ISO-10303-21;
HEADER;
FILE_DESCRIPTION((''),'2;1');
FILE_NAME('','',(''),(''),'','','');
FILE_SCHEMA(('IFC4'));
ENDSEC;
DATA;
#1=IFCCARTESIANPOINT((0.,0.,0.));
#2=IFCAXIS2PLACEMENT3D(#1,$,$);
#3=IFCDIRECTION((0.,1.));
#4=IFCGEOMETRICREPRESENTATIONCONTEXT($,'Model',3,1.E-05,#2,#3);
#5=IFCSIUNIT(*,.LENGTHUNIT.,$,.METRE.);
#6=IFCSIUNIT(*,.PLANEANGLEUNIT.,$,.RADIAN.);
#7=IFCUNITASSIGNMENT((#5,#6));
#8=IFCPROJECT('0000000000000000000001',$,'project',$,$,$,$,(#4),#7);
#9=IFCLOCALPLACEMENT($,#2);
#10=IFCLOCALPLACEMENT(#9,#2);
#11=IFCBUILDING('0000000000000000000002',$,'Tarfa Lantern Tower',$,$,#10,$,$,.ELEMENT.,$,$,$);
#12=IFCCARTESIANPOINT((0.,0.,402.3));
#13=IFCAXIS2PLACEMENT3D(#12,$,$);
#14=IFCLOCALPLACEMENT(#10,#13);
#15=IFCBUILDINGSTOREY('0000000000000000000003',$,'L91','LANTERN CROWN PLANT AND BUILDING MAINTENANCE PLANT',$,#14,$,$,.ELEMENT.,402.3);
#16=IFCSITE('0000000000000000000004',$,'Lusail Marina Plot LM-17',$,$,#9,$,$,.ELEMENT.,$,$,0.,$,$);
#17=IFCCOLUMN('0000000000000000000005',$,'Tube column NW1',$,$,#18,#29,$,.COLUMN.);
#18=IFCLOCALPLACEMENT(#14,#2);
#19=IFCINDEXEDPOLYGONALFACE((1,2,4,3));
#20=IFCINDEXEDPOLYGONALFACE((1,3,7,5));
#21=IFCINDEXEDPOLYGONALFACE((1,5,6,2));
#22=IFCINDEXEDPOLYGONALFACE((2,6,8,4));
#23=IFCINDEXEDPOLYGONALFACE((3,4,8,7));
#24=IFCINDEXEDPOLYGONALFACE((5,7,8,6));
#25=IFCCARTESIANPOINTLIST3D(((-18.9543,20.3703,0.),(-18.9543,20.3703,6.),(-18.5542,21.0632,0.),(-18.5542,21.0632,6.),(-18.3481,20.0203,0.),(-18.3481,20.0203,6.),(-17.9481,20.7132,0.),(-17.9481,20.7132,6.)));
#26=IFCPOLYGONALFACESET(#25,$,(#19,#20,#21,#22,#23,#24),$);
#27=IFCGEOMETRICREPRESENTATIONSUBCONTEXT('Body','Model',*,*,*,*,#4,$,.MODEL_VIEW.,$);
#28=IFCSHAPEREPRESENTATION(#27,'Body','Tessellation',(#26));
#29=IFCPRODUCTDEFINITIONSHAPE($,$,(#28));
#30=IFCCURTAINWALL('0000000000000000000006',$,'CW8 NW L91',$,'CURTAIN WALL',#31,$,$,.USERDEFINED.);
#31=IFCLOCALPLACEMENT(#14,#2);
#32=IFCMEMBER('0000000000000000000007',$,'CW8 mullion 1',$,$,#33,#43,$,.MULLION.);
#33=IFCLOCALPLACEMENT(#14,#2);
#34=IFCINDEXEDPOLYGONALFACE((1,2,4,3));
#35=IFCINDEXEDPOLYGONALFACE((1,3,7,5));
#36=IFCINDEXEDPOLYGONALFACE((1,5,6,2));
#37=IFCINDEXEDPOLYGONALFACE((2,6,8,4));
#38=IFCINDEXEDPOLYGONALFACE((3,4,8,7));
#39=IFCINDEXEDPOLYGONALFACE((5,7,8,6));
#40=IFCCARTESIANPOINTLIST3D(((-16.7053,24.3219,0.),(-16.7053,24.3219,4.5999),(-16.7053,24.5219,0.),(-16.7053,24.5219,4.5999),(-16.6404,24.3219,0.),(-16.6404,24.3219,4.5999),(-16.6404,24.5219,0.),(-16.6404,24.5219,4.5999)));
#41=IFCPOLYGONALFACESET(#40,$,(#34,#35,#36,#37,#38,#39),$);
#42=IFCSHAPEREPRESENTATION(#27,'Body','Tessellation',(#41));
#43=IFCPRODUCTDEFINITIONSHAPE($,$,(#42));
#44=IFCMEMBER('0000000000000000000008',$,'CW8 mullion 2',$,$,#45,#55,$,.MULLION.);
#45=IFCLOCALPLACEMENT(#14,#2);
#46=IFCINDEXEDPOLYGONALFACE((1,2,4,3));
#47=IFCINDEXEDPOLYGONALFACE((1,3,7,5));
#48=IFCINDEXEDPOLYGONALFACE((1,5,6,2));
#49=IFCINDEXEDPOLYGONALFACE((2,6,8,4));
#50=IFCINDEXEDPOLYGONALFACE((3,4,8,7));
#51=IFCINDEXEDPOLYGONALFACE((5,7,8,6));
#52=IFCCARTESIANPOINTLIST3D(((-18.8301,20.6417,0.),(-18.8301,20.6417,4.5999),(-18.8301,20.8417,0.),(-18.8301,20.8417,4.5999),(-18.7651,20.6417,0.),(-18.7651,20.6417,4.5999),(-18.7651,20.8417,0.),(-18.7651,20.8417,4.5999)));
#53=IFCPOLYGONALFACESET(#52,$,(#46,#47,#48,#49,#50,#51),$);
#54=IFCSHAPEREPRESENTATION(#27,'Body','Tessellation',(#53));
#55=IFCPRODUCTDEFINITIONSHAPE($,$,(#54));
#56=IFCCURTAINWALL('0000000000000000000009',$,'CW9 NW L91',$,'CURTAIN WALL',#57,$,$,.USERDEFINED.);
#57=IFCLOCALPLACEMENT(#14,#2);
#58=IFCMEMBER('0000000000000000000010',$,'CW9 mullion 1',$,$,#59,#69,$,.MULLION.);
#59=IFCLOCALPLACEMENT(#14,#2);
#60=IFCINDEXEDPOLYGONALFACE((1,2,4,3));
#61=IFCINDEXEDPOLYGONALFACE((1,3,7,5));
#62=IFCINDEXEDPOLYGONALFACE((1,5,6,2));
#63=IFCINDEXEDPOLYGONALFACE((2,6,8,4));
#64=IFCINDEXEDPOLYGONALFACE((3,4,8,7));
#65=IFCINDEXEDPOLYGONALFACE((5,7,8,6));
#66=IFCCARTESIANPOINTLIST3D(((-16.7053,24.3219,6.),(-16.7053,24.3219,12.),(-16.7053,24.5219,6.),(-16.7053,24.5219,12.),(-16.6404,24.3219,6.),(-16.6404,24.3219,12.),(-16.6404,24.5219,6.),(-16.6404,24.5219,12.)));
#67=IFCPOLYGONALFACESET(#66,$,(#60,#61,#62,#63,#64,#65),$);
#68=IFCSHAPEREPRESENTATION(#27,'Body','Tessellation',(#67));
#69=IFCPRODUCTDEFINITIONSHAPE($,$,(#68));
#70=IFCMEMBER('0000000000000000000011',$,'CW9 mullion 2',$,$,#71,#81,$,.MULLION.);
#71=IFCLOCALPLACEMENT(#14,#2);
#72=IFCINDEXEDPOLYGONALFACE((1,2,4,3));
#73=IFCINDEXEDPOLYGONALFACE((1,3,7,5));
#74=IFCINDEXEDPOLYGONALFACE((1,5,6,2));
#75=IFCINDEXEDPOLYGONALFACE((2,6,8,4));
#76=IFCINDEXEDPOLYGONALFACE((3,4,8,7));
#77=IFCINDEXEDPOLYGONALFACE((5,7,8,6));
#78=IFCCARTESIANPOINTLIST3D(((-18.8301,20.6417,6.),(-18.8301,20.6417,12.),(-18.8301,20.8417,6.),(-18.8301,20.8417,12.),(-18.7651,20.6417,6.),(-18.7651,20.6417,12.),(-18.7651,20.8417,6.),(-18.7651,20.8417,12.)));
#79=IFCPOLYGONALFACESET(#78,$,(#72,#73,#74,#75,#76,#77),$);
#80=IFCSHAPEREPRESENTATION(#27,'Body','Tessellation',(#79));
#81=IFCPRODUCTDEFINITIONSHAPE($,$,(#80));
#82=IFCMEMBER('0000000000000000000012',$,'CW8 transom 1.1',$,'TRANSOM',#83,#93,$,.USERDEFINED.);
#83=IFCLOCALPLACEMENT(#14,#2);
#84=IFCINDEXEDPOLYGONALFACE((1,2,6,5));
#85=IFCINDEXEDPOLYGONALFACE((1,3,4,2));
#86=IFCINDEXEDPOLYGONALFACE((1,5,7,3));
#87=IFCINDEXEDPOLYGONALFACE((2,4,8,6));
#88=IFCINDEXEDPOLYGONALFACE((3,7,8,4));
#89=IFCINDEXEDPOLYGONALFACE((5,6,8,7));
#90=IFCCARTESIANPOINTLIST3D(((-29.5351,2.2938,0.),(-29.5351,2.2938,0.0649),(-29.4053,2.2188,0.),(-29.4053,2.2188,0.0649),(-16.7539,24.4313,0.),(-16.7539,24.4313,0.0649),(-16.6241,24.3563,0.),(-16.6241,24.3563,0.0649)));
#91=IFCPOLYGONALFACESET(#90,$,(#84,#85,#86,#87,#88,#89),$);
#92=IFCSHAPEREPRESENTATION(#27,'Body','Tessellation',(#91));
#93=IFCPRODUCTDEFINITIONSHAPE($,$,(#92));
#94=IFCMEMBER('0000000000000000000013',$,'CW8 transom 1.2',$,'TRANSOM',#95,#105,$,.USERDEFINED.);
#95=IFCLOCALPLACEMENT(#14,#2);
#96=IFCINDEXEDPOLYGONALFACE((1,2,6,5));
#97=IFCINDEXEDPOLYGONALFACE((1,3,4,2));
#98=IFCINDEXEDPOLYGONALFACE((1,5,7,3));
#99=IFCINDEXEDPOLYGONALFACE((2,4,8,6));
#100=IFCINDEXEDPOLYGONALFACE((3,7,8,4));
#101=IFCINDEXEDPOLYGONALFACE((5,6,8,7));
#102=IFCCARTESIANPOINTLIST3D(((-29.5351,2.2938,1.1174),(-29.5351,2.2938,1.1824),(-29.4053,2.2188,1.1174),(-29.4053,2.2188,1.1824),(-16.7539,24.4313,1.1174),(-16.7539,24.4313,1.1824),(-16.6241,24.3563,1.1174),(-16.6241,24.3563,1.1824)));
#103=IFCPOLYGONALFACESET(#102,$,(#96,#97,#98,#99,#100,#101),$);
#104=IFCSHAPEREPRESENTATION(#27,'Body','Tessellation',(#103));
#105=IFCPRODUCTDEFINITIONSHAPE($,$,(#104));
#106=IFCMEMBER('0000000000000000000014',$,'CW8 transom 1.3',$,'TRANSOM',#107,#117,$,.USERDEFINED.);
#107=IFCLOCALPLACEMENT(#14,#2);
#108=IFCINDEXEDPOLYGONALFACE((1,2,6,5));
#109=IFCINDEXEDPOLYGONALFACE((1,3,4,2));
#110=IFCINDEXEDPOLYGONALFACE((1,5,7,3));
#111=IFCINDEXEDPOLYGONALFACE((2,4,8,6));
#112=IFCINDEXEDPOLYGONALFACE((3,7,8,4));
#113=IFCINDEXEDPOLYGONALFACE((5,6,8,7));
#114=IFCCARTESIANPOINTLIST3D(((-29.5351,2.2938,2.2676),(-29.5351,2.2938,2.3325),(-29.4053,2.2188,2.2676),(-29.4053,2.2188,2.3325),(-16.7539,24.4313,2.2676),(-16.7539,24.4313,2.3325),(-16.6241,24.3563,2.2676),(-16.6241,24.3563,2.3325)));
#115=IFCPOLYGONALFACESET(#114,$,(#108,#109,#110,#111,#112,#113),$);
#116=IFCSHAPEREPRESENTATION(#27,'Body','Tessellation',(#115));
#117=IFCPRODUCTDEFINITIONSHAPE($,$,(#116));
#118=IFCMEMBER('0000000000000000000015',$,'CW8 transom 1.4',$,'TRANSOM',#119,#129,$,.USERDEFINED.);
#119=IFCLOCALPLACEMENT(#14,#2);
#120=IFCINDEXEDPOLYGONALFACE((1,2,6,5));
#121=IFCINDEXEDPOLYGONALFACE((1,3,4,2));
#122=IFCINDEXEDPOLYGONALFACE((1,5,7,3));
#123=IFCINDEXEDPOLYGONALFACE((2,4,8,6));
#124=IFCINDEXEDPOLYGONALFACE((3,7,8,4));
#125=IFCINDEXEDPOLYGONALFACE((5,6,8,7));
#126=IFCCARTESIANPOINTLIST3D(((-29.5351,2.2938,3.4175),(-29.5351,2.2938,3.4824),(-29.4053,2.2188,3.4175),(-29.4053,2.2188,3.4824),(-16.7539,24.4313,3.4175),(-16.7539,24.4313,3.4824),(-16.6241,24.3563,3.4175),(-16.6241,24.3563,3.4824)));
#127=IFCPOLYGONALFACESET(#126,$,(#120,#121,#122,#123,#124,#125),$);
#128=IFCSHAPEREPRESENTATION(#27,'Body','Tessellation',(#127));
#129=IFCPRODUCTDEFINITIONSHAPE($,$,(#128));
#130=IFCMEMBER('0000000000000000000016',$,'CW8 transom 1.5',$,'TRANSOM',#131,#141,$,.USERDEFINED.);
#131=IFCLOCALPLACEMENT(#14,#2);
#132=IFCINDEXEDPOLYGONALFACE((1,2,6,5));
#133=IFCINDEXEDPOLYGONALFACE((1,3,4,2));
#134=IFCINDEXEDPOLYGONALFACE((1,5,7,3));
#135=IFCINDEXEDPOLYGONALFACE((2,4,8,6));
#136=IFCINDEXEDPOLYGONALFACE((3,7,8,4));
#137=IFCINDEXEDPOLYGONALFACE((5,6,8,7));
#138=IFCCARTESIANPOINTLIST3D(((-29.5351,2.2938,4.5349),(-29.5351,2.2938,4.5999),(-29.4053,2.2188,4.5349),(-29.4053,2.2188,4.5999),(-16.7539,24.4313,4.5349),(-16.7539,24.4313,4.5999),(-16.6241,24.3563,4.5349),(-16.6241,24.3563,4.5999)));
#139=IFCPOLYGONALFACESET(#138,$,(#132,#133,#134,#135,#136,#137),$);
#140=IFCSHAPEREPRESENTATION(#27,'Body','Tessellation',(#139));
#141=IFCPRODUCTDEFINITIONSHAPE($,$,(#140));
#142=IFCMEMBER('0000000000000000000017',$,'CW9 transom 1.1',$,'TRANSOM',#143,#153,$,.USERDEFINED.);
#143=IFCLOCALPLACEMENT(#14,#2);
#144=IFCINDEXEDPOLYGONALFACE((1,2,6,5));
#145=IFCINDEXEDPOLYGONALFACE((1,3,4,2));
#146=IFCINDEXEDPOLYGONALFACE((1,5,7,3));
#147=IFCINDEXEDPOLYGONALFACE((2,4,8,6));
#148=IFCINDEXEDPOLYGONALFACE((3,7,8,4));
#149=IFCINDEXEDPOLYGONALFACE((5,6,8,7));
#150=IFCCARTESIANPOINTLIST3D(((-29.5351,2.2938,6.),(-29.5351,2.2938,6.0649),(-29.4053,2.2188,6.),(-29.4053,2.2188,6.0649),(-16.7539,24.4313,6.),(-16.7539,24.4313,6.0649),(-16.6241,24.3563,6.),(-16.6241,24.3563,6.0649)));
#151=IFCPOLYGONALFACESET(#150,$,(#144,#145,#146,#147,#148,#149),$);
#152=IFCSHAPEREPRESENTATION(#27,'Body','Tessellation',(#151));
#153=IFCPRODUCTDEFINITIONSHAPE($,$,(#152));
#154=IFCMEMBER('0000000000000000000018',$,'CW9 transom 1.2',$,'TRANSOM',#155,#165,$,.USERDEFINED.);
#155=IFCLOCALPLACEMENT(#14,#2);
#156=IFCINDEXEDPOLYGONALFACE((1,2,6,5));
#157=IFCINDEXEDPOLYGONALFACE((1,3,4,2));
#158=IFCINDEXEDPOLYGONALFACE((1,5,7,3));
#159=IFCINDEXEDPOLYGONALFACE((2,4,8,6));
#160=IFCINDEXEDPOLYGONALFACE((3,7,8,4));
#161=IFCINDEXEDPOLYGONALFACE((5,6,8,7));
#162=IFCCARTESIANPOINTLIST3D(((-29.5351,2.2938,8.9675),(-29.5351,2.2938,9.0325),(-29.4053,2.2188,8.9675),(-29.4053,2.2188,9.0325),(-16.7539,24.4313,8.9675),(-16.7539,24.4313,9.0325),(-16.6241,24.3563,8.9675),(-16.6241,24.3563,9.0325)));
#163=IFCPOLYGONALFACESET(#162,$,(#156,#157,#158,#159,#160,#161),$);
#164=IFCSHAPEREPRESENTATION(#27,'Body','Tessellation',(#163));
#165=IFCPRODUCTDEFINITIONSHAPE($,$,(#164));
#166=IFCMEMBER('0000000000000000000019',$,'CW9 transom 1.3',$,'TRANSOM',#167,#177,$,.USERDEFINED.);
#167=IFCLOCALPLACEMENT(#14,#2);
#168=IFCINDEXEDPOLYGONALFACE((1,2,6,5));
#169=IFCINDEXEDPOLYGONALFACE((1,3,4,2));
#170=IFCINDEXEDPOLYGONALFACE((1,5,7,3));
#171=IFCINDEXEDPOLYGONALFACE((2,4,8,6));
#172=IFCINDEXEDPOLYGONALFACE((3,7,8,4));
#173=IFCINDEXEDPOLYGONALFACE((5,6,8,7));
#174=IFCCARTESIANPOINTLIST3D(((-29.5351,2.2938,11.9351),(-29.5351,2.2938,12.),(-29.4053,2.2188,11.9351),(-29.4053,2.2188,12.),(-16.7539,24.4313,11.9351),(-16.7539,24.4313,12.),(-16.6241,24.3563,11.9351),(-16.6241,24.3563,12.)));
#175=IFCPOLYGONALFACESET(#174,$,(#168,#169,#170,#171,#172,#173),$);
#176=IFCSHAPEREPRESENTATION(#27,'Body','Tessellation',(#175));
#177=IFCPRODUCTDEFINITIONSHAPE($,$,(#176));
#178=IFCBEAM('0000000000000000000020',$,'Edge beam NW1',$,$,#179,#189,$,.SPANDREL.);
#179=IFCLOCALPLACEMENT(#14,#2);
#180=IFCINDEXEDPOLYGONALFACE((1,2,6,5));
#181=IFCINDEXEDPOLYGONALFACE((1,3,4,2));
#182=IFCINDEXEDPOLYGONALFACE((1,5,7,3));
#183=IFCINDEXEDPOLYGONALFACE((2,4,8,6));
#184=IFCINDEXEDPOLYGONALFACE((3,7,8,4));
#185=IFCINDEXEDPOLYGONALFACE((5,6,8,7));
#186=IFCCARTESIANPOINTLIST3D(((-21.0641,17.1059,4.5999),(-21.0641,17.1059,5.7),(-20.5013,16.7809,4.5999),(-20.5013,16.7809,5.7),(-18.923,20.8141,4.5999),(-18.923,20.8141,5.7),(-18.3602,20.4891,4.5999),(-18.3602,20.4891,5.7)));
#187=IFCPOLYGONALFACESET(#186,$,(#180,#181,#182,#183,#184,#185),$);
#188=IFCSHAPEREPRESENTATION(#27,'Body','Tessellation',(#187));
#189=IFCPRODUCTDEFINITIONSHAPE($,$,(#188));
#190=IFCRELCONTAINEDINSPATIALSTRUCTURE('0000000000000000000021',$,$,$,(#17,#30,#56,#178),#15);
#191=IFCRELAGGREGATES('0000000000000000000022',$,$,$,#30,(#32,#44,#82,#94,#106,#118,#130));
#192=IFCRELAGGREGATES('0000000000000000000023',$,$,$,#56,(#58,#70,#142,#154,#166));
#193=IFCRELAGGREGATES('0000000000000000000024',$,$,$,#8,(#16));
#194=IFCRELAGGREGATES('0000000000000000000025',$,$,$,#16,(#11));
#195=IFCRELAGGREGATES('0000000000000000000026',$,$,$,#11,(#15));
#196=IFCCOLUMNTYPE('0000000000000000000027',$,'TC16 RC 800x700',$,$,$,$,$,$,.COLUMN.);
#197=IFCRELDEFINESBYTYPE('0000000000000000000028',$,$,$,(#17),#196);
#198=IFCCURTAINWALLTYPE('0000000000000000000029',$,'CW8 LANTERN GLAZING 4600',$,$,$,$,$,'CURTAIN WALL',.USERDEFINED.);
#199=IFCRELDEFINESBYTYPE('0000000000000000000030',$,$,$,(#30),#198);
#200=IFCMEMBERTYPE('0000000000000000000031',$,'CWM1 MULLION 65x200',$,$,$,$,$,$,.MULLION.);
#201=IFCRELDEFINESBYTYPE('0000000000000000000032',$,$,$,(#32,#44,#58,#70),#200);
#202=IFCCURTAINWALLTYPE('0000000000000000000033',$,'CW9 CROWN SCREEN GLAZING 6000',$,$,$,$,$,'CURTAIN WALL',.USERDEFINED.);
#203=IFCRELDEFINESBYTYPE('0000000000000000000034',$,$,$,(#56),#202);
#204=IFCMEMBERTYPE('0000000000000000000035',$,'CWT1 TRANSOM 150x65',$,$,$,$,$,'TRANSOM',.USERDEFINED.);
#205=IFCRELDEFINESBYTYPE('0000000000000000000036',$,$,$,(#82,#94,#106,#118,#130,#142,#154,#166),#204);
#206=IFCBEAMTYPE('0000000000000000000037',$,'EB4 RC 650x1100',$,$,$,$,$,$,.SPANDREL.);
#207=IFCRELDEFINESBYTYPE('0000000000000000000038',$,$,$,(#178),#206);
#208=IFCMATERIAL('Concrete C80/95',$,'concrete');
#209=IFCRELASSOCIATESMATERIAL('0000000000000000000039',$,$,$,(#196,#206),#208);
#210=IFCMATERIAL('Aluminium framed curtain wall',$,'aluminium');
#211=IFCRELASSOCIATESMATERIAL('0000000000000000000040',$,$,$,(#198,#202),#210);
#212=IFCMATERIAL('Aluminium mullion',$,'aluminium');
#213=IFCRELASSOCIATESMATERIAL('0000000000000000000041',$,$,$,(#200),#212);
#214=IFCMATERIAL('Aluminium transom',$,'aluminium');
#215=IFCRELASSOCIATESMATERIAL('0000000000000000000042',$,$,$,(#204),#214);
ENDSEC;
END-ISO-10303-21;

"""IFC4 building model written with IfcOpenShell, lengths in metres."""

from ifc_helpers import new_model, si_unit, direction, frame, origin, origin_2d, place, context, subcontext, project, spatial, rectangle, extrude, material, material_profile, profile_set, type_object, element, aggregate, save


model = new_model("IFC4")

# Units and contexts
model_context = context("Model", 3, precision=1e-05, world=origin(), true_north=direction((0.0, 1.0)))
body_context = subcontext(model_context, "Body", "Model", "MODEL_VIEW")
ifc_project = project(units=[si_unit("LENGTHUNIT", "METRE"), si_unit("PLANEANGLEUNIT", "RADIAN")], contexts=[model_context])

# Site, building, storey
site_placement = place(None, origin())
site = spatial("IfcSite", under=ifc_project, at=site_placement, Name="Lusail Marina Plot LM-17", CompositionType="ELEMENT", RefElevation=0.0)
building_placement = place(site_placement, origin())
building = spatial("IfcBuilding", under=site, at=building_placement, Name="Tarfa Lantern Tower", CompositionType="ELEMENT")
storey_placement = place(building_placement, frame((0.0, 0.0, 402.3)))
storey = spatial("IfcBuildingStorey", under=building, at=storey_placement, Name="L91", Description="LANTERN CROWN PLANT AND BUILDING MAINTENANCE PLANT", CompositionType="ELEMENT", Elevation=402.3)

# Column
ifc_material_1 = material(Name="Concrete C80/95", Category="concrete")
ifc_material_profile_1 = material_profile(ifc_material_1, rectangle(XDim=0.8, YDim=0.7, at=origin_2d()), Name="RC 800x700")
ifc_profile_set_1 = profile_set([ifc_material_profile_1], Name="Concrete C80/95")
column_type = type_object("IfcColumnType", Name="TC16 RC 800x700", PredefinedType="COLUMN", material=ifc_profile_set_1)
column_placement = place(storey_placement, frame((-18.4512, 20.5417, 0.0), z_axis=(0.0, 0.0, 1.0), x_axis=(-0.5, -0.866025, 0.0)))
element("IfcColumn", 1, at=column_placement, inside=storey, type_object=column_type, Name="Tube column NW1", PredefinedType="COLUMN", context=body_context, shape_type="SweptSolid", body=[
    extrude(rectangle(XDim=0.8, YDim=0.7, at=origin_2d()), origin(), (0.0, 0.0, 1.0), 6.0),
])

# Curtain walls, members
ifc_material_2 = material(Name="Aluminium framed curtain wall", Category="aluminium")
curtain_wall_type_1 = type_object("IfcCurtainWallType", Name="CW8 LANTERN GLAZING 4600", ElementType="CURTAIN WALL", PredefinedType="USERDEFINED", material=ifc_material_2)
curtain_wall_1_placement = place(storey_placement, origin())
curtain_wall_1 = element("IfcCurtainWall", 2, at=curtain_wall_1_placement, inside=storey, type_object=curtain_wall_type_1, Name="CW8 NW L91", ObjectType="CURTAIN WALL", PredefinedType="USERDEFINED")
ifc_material_3 = material(Name="Aluminium mullion", Category="aluminium")
ifc_material_profile_2 = material_profile(ifc_material_3, rectangle(XDim=0.0649, YDim=0.2, at=origin_2d()), Name="AL MULLION 65x200")
ifc_profile_set_2 = profile_set([ifc_material_profile_2], Name="Aluminium mullion")
member_type_1 = type_object("IfcMemberType", Name="CWM1 MULLION 65x200", PredefinedType="MULLION", material=ifc_profile_set_2)
member_1_placement = place(storey_placement, frame((-16.6729, 24.4219, 0.0), z_axis=(0.0, 0.0, 1.0), x_axis=(1.0, 0.0, 0.0)))
member_1 = element("IfcMember", 3, at=member_1_placement, type_object=member_type_1, Name="CW8 mullion 1", PredefinedType="MULLION", context=body_context, shape_type="SweptSolid", body=[
    extrude(rectangle(XDim=0.0649, YDim=0.2, at=origin_2d()), origin(), (0.0, 0.0, 1.0), 4.5999),
])
member_2_placement = place(storey_placement, frame((-18.7976, 20.7417, 0.0), z_axis=(0.0, 0.0, 1.0), x_axis=(1.0, 0.0, 0.0)))
member_2 = element("IfcMember", 4, at=member_2_placement, type_object=member_type_1, Name="CW8 mullion 2", PredefinedType="MULLION", context=body_context, shape_type="SweptSolid", body=[
    extrude(rectangle(XDim=0.0649, YDim=0.2, at=origin_2d()), origin(), (0.0, 0.0, 1.0), 4.5999),
])
curtain_wall_type_2 = type_object("IfcCurtainWallType", Name="CW9 CROWN SCREEN GLAZING 6000", ElementType="CURTAIN WALL", PredefinedType="USERDEFINED", material=ifc_material_2)
curtain_wall_2_placement = place(storey_placement, origin())
curtain_wall_2 = element("IfcCurtainWall", 5, at=curtain_wall_2_placement, inside=storey, type_object=curtain_wall_type_2, Name="CW9 NW L91", ObjectType="CURTAIN WALL", PredefinedType="USERDEFINED")
member_3_placement = place(storey_placement, frame((-16.6729, 24.4219, 6.0), z_axis=(0.0, 0.0, 1.0), x_axis=(1.0, 0.0, 0.0)))
member_3 = element("IfcMember", 6, at=member_3_placement, type_object=member_type_1, Name="CW9 mullion 1", PredefinedType="MULLION", context=body_context, shape_type="SweptSolid", body=[
    extrude(rectangle(XDim=0.0649, YDim=0.2, at=origin_2d()), origin(), (0.0, 0.0, 1.0), 6.0),
])
member_4_placement = place(storey_placement, frame((-18.7976, 20.7417, 6.0), z_axis=(0.0, 0.0, 1.0), x_axis=(1.0, 0.0, 0.0)))
member_4 = element("IfcMember", 7, at=member_4_placement, type_object=member_type_1, Name="CW9 mullion 2", PredefinedType="MULLION", context=body_context, shape_type="SweptSolid", body=[
    extrude(rectangle(XDim=0.0649, YDim=0.2, at=origin_2d()), origin(), (0.0, 0.0, 1.0), 6.0),
])

# Members
ifc_material_4 = material(Name="Aluminium transom", Category="aluminium")
ifc_material_profile_3 = material_profile(ifc_material_4, rectangle(XDim=0.1499, YDim=0.0649, at=origin_2d()), Name="AL TRANSOM 150x65")
ifc_profile_set_3 = profile_set([ifc_material_profile_3], Name="Aluminium transom")
member_type_2 = type_object("IfcMemberType", Name="CWT1 TRANSOM 150x65", ElementType="TRANSOM", PredefinedType="USERDEFINED", material=ifc_profile_set_3)
member_5_placement = place(storey_placement, frame((-16.689, 24.3938, 0.0325), z_axis=(-0.500005, -0.866022, 0.0), x_axis=(0.866022, -0.500005, 0.0)))
member_5 = element("IfcMember", 8, at=member_5_placement, type_object=member_type_2, Name="CW8 transom 1.1", ObjectType="TRANSOM", PredefinedType="USERDEFINED", context=body_context, shape_type="SweptSolid", body=[
    extrude(rectangle(XDim=0.1499, YDim=0.0649, at=origin_2d()), origin(), (0.0, 0.0, 1.0), 25.5623),
])
member_6_placement = place(storey_placement, frame((-16.689, 24.3938, 1.1499), z_axis=(-0.500005, -0.866022, 0.0), x_axis=(0.866022, -0.500005, 0.0)))
member_6 = element("IfcMember", 9, at=member_6_placement, type_object=member_type_2, Name="CW8 transom 1.2", ObjectType="TRANSOM", PredefinedType="USERDEFINED", context=body_context, shape_type="SweptSolid", body=[
    extrude(rectangle(XDim=0.1499, YDim=0.0649, at=origin_2d()), origin(), (0.0, 0.0, 1.0), 25.5623),
])
member_7_placement = place(storey_placement, frame((-16.689, 24.3938, 2.3), z_axis=(-0.500005, -0.866022, 0.0), x_axis=(0.866022, -0.500005, 0.0)))
member_7 = element("IfcMember", 10, at=member_7_placement, type_object=member_type_2, Name="CW8 transom 1.3", ObjectType="TRANSOM", PredefinedType="USERDEFINED", context=body_context, shape_type="SweptSolid", body=[
    extrude(rectangle(XDim=0.1499, YDim=0.0649, at=origin_2d()), origin(), (0.0, 0.0, 1.0), 25.5623),
])
member_8_placement = place(storey_placement, frame((-16.689, 24.3938, 3.45), z_axis=(-0.500005, -0.866022, 0.0), x_axis=(0.866022, -0.500005, 0.0)))
member_8 = element("IfcMember", 11, at=member_8_placement, type_object=member_type_2, Name="CW8 transom 1.4", ObjectType="TRANSOM", PredefinedType="USERDEFINED", context=body_context, shape_type="SweptSolid", body=[
    extrude(rectangle(XDim=0.1499, YDim=0.0649, at=origin_2d()), origin(), (0.0, 0.0, 1.0), 25.5623),
])
member_9_placement = place(storey_placement, frame((-16.689, 24.3938, 4.5674), z_axis=(-0.500005, -0.866022, 0.0), x_axis=(0.866022, -0.500005, 0.0)))
member_9 = element("IfcMember", 12, at=member_9_placement, type_object=member_type_2, Name="CW8 transom 1.5", ObjectType="TRANSOM", PredefinedType="USERDEFINED", context=body_context, shape_type="SweptSolid", body=[
    extrude(rectangle(XDim=0.1499, YDim=0.0649, at=origin_2d()), origin(), (0.0, 0.0, 1.0), 25.5623),
])
member_10_placement = place(storey_placement, frame((-16.689, 24.3938, 6.0325), z_axis=(-0.500005, -0.866022, 0.0), x_axis=(0.866022, -0.500005, 0.0)))
member_10 = element("IfcMember", 13, at=member_10_placement, type_object=member_type_2, Name="CW9 transom 1.1", ObjectType="TRANSOM", PredefinedType="USERDEFINED", context=body_context, shape_type="SweptSolid", body=[
    extrude(rectangle(XDim=0.1499, YDim=0.0649, at=origin_2d()), origin(), (0.0, 0.0, 1.0), 25.5623),
])
member_11_placement = place(storey_placement, frame((-16.689, 24.3938, 9.0), z_axis=(-0.500005, -0.866022, 0.0), x_axis=(0.866022, -0.500005, 0.0)))
member_11 = element("IfcMember", 14, at=member_11_placement, type_object=member_type_2, Name="CW9 transom 1.2", ObjectType="TRANSOM", PredefinedType="USERDEFINED", context=body_context, shape_type="SweptSolid", body=[
    extrude(rectangle(XDim=0.1499, YDim=0.0649, at=origin_2d()), origin(), (0.0, 0.0, 1.0), 25.5623),
])
member_12_placement = place(storey_placement, frame((-16.689, 24.3938, 11.9675), z_axis=(-0.500005, -0.866022, 0.0), x_axis=(0.866022, -0.500005, 0.0)))
member_12 = element("IfcMember", 15, at=member_12_placement, type_object=member_type_2, Name="CW9 transom 1.3", ObjectType="TRANSOM", PredefinedType="USERDEFINED", context=body_context, shape_type="SweptSolid", body=[
    extrude(rectangle(XDim=0.1499, YDim=0.0649, at=origin_2d()), origin(), (0.0, 0.0, 1.0), 25.5623),
])

# Beam
ifc_material_profile_4 = material_profile(ifc_material_1, rectangle(XDim=0.6499, YDim=1.1001, at=origin_2d()), Name="RC 650x1100")
ifc_profile_set_4 = profile_set([ifc_material_profile_4], Name="Concrete C80/95")
beam_type_1 = type_object("IfcBeamType", Name="EB4 RC 650x1100", PredefinedType="SPANDREL", material=ifc_profile_set_4)
beam_1_placement = place(storey_placement, frame((-18.6416, 20.6516, 5.1499), z_axis=(-0.500027, -0.86601, 0.0), x_axis=(0.86601, -0.500027, 0.0)))
element("IfcBeam", 16, at=beam_1_placement, inside=storey, type_object=beam_type_1, Name="Edge beam NW1", PredefinedType="SPANDREL", context=body_context, shape_type="SweptSolid", body=[
    extrude(rectangle(XDim=0.6499, YDim=1.1001, at=origin_2d()), origin(), (0.0, 0.0, 1.0), 4.282),
])

aggregate(curtain_wall_1, [member_1, member_2, member_5, member_6, member_7, member_8, member_9])
aggregate(curtain_wall_2, [member_3, member_4, member_10, member_11, member_12])

save(model, "model.ifc")
